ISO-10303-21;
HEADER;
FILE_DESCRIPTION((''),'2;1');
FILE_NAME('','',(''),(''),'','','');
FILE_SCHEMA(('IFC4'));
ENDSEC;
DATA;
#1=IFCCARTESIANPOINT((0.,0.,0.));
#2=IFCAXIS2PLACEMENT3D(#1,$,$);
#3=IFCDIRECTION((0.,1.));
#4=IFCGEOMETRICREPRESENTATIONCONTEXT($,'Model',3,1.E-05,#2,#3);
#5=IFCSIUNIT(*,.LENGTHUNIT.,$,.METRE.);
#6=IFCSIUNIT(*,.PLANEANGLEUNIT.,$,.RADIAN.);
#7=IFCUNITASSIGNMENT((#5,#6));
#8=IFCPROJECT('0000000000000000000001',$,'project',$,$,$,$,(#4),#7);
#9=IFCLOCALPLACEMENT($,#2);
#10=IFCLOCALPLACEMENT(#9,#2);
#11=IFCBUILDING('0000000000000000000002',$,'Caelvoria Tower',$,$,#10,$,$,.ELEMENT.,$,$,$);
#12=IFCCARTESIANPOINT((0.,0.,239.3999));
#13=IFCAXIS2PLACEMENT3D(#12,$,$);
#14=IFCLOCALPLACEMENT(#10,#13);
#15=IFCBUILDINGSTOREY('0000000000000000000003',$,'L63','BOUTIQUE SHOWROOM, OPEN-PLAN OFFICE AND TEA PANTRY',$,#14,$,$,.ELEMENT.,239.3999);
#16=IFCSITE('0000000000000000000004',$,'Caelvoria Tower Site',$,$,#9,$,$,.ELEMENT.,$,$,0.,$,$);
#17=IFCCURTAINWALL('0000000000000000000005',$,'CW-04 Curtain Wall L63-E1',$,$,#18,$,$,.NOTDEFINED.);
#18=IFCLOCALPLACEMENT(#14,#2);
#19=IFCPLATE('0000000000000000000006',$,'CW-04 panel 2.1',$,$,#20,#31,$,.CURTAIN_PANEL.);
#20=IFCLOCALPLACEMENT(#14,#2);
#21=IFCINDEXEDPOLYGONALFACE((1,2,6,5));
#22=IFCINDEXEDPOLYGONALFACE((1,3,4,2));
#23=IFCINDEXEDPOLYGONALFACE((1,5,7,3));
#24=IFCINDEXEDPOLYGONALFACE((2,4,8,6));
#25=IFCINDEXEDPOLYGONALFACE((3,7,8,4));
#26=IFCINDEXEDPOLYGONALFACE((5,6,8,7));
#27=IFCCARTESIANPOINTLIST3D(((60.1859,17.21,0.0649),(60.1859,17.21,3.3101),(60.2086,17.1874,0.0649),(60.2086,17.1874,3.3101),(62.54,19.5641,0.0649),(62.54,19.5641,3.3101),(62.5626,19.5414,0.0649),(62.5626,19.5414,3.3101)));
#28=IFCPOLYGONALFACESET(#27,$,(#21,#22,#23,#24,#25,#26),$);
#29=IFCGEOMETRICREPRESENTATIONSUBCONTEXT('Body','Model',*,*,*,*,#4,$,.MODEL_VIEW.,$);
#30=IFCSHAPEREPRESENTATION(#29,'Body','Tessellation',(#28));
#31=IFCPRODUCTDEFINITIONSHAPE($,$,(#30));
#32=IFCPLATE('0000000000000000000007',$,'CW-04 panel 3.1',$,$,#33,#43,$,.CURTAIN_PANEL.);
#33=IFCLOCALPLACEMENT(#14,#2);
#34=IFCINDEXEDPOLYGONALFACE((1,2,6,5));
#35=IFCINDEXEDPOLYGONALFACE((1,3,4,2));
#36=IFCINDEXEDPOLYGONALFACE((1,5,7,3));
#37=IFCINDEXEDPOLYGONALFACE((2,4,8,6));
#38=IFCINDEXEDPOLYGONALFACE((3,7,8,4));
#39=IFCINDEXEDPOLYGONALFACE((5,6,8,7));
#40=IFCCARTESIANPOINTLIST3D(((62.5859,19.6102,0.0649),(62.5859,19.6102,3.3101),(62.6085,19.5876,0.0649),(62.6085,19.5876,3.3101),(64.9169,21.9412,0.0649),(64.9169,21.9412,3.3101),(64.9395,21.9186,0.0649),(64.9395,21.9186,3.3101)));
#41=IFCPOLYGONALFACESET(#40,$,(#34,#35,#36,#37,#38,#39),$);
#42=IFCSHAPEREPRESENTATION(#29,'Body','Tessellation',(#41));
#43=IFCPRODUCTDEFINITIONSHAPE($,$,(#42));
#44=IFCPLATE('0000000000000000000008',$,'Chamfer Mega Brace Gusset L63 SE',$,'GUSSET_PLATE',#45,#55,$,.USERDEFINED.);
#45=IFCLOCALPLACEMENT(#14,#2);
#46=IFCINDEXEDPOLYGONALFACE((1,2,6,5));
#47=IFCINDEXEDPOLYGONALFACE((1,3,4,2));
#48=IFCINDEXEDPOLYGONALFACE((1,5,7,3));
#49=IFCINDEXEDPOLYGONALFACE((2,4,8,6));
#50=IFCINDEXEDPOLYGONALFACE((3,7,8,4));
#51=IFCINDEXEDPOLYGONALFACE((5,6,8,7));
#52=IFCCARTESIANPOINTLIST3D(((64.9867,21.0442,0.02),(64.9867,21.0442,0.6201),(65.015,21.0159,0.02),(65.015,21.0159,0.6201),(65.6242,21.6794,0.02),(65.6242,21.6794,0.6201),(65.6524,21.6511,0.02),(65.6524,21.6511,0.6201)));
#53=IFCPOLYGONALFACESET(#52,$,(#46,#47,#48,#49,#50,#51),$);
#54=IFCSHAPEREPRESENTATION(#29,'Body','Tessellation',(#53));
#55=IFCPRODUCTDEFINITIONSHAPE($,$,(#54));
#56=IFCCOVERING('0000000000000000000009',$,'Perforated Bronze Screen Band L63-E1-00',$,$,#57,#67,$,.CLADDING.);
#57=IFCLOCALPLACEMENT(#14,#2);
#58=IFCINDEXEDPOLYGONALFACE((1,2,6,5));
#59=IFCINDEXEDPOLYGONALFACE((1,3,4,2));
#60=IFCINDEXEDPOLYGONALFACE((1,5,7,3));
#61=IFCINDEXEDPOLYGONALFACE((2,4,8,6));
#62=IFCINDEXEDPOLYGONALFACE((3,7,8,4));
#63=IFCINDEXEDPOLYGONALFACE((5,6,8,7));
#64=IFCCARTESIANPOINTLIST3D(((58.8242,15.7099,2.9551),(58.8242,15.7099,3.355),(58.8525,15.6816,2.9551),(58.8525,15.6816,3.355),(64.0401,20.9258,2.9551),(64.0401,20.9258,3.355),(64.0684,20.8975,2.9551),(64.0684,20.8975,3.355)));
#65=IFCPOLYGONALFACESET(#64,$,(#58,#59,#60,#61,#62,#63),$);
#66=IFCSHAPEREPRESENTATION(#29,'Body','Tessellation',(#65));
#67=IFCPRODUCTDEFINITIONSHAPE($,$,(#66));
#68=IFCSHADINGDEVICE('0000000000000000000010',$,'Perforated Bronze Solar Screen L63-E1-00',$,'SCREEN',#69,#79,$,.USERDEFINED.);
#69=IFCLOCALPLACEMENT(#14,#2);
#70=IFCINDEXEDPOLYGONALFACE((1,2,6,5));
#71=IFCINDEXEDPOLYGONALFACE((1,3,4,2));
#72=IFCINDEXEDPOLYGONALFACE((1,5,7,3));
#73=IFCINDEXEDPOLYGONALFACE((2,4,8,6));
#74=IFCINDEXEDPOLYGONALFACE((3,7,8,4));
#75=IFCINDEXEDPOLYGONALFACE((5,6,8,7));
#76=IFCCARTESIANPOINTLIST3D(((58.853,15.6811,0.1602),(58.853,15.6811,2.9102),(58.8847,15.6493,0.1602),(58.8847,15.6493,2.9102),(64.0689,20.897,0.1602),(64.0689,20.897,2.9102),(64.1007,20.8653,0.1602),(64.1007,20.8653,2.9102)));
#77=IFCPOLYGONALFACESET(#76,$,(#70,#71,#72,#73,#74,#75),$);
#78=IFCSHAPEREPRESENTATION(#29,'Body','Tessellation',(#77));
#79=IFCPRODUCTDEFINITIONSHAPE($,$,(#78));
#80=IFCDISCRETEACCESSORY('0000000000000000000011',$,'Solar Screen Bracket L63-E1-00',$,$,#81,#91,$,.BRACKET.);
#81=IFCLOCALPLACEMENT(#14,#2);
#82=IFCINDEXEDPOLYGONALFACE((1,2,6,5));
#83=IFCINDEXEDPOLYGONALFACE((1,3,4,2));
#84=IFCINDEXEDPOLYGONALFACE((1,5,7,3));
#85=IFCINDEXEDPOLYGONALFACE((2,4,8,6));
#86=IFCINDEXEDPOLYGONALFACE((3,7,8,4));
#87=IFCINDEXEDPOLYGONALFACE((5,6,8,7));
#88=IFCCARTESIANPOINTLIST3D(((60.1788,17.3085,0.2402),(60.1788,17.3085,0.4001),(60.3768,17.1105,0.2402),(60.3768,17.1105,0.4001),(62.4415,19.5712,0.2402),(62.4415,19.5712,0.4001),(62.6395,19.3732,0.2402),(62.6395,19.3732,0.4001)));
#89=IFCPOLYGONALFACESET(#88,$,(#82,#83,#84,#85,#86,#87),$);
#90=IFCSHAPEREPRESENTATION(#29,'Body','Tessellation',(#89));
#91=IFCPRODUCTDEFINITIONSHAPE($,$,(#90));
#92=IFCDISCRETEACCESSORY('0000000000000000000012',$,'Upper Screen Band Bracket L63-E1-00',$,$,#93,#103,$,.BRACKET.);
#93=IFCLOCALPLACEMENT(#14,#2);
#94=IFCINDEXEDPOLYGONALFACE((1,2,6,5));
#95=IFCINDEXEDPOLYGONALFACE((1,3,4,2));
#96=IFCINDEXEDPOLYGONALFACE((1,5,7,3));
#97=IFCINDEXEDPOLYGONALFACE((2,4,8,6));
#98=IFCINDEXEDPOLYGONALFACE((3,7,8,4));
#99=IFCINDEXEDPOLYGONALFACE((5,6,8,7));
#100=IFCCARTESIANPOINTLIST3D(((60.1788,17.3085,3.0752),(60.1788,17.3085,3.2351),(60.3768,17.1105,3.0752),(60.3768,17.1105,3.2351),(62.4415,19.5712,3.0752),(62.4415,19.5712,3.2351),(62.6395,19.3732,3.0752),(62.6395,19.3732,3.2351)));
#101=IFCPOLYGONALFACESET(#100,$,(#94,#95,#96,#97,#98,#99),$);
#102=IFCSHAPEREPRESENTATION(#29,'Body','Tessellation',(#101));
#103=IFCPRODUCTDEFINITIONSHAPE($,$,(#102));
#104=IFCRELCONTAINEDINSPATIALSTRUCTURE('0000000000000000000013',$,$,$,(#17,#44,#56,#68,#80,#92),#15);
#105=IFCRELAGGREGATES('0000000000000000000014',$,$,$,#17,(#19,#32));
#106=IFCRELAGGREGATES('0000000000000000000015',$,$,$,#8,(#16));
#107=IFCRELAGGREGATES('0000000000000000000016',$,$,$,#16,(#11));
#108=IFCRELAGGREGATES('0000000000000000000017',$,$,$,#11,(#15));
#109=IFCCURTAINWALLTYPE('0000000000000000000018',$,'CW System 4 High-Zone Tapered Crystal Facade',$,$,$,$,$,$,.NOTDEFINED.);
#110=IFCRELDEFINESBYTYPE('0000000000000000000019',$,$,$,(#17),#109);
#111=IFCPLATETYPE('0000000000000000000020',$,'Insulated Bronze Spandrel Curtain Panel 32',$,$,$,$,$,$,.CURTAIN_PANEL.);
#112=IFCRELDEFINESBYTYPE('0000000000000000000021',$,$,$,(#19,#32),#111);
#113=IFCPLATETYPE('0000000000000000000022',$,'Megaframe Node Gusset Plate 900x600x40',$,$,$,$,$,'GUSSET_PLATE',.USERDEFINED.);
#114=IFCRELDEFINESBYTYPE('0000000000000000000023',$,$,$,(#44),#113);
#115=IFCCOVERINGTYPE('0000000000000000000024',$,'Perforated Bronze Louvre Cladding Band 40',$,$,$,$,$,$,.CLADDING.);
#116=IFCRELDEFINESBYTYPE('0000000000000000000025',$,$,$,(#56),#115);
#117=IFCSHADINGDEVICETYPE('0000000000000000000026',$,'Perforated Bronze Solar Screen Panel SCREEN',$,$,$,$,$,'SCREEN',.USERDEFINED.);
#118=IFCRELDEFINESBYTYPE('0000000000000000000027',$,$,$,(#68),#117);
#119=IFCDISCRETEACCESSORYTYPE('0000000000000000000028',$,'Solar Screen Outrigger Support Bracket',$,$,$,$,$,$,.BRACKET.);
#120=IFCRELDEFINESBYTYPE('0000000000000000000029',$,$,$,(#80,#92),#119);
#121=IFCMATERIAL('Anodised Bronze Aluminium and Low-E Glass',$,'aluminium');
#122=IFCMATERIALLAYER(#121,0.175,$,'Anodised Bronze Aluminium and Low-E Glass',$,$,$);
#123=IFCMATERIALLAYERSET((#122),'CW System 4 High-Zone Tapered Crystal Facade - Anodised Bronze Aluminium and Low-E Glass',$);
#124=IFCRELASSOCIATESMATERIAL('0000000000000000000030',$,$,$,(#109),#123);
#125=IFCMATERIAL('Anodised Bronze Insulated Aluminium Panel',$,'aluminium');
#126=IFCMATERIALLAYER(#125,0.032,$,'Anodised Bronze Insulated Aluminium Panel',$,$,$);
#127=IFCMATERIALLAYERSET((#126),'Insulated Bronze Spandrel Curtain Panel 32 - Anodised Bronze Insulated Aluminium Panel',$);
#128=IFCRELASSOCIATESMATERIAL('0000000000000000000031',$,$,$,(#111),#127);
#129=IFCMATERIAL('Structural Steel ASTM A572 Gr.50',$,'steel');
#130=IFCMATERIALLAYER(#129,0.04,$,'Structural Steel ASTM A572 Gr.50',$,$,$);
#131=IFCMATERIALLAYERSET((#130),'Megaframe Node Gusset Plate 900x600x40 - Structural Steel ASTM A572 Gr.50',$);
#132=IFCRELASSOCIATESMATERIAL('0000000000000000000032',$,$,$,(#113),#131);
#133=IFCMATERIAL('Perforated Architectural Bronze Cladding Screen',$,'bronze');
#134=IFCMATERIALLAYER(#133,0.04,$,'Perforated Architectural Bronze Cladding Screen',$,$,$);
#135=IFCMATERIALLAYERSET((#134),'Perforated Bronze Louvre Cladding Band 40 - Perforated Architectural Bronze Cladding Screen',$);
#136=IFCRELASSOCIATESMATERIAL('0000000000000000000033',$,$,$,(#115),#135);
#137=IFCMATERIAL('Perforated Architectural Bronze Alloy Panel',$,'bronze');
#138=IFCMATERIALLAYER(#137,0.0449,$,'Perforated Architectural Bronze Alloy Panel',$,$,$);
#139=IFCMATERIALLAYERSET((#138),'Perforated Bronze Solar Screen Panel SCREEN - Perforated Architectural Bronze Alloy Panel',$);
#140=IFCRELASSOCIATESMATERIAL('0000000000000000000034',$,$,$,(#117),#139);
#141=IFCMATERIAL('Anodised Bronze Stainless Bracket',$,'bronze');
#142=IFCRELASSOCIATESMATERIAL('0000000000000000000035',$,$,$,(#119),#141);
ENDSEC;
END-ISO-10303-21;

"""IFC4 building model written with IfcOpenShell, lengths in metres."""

from ifc_helpers import new_model, si_unit, direction, frame, origin, origin_2d, place, context, subcontext, project, spatial, rectangle, extrude, material, layer, layer_set, type_object, element, aggregate, save


model = new_model("IFC4")

# Units and contexts
model_context = context("Model", 3, precision=1e-05, world=origin(), true_north=direction((0.0, 1.0)))
body_context = subcontext(model_context, "Body", "Model", "MODEL_VIEW")
ifc_project = project(units=[si_unit("LENGTHUNIT", "METRE"), si_unit("PLANEANGLEUNIT", "RADIAN")], contexts=[model_context])

# Site, building, storey
site_placement = place(None, origin())
site = spatial("IfcSite", under=ifc_project, at=site_placement, Name="Caelvoria Tower Site", CompositionType="ELEMENT", RefElevation=0.0)
building_placement = place(site_placement, origin())
building = spatial("IfcBuilding", under=site, at=building_placement, Name="Caelvoria Tower", CompositionType="ELEMENT")
storey_placement = place(building_placement, frame((0.0, 0.0, 239.3999)))
storey = spatial("IfcBuildingStorey", under=building, at=storey_placement, Name="L63", Description="BOUTIQUE SHOWROOM, OPEN-PLAN OFFICE AND TEA PANTRY", CompositionType="ELEMENT", Elevation=239.3999)

# Shared definitions
ifc_material_1 = material(Name="Structural Steel ASTM A572 Gr.50", Category="steel")

# Shared definitions
ifc_material_2 = material(Name="Anodised Bronze Aluminium and Low-E Glass", Category="aluminium")
ifc_layer_1 = layer(ifc_material_2, 0.175, Name="Anodised Bronze Aluminium and Low-E Glass")
ifc_layer_set_1 = layer_set([ifc_layer_1], Name="CW System 4 High-Zone Tapered Crystal Facade - Anodised Bronze Aluminium and Low-E Glass")
curtain_wall_type = type_object("IfcCurtainWallType", Name="CW System 4 High-Zone Tapered Crystal Facade", PredefinedType="NOTDEFINED", material=ifc_layer_set_1)

# Curtain wall
curtain_wall_1_placement = place(storey_placement, origin())
curtain_wall_1 = element("IfcCurtainWall", 1, at=curtain_wall_1_placement, inside=storey, type_object=curtain_wall_type, Name="CW-04 Curtain Wall L63-E1", PredefinedType="NOTDEFINED")

# Plates
ifc_material_3 = material(Name="Anodised Bronze Insulated Aluminium Panel", Category="aluminium")
ifc_layer_2 = layer(ifc_material_3, 0.032, Name="Anodised Bronze Insulated Aluminium Panel")
ifc_layer_set_2 = layer_set([ifc_layer_2], Name="Insulated Bronze Spandrel Curtain Panel 32 - Anodised Bronze Insulated Aluminium Panel")
plate_type_1 = type_object("IfcPlateType", Name="Insulated Bronze Spandrel Curtain Panel 32", PredefinedType="CURTAIN_PANEL", material=ifc_layer_set_2)
plate_1_placement = place(storey_placement, frame((61.3743, 18.3757, 0.0649), z_axis=(0.0, 0.0, 1.0), x_axis=(0.707107, 0.707107, 0.0)))
plate_1 = element("IfcPlate", 2, at=plate_1_placement, type_object=plate_type_1, Name="CW-04 panel 2.1", PredefinedType="CURTAIN_PANEL", context=body_context, shape_type="SweptSolid", body=[
    extrude(rectangle(XDim=3.3291, YDim=0.032, at=origin_2d()), origin(), (0.0, 0.0, 1.0), 3.2451),
])
plate_2_placement = place(storey_placement, frame((63.7627, 20.7644, 0.0649), z_axis=(0.0, 0.0, 1.0), x_axis=(0.707107, 0.707107, 0.0)))
plate_2 = element("IfcPlate", 3, at=plate_2_placement, type_object=plate_type_1, Name="CW-04 panel 3.1", PredefinedType="CURTAIN_PANEL", context=body_context, shape_type="SweptSolid", body=[
    extrude(rectangle(XDim=3.2966, YDim=0.032, at=origin_2d()), origin(), (0.0, 0.0, 1.0), 3.2451),
])
aggregate(curtain_wall_1, [plate_1, plate_2])
ifc_layer_3 = layer(ifc_material_1, 0.04, Name="Structural Steel ASTM A572 Gr.50")
ifc_layer_set_3 = layer_set([ifc_layer_3], Name="Megaframe Node Gusset Plate 900x600x40 - Structural Steel ASTM A572 Gr.50")
plate_type_2 = type_object("IfcPlateType", Name="Megaframe Node Gusset Plate 900x600x40", ElementType="GUSSET_PLATE", PredefinedType="USERDEFINED", material=ifc_layer_set_3)
plate_3_placement = place(storey_placement, frame((65.3196, 21.3477, 0.02), z_axis=(0.0, 0.0, 1.0), x_axis=(-0.708358, -0.705853, 0.0)))
element("IfcPlate", 4, at=plate_3_placement, inside=storey, type_object=plate_type_2, Name="Chamfer Mega Brace Gusset L63 SE", ObjectType="GUSSET_PLATE", PredefinedType="USERDEFINED", context=body_context, shape_type="SweptSolid", body=[
    extrude(rectangle(XDim=0.8999, YDim=0.04, at=origin_2d()), origin(), (0.0, 0.0, 1.0), 0.6001),
])

# Covering
ifc_material_4 = material(Name="Perforated Architectural Bronze Cladding Screen", Category="bronze")
ifc_layer_4 = layer(ifc_material_4, 0.04, Name="Perforated Architectural Bronze Cladding Screen")
ifc_layer_set_4 = layer_set([ifc_layer_4], Name="Perforated Bronze Louvre Cladding Band 40 - Perforated Architectural Bronze Cladding Screen")
covering_type = type_object("IfcCoveringType", Name="Perforated Bronze Louvre Cladding Band 40", PredefinedType="CLADDING", material=ifc_layer_set_4)
covering_placement = place(storey_placement, frame((61.4463, 18.3037, 2.9551), z_axis=(0.0, 0.0, 1.0), x_axis=(0.707107, 0.707107, 0.0)))
element("IfcCovering", 5, at=covering_placement, inside=storey, type_object=covering_type, Name="Perforated Bronze Screen Band L63-E1-00", PredefinedType="CLADDING", context=body_context, shape_type="SweptSolid", body=[
    extrude(rectangle(XDim=7.3765, YDim=0.04, at=origin_2d()), origin(), (0.0, 0.0, 1.0), 0.3999),
])

# Shading device
ifc_material_5 = material(Name="Perforated Architectural Bronze Alloy Panel", Category="bronze")
ifc_layer_5 = layer(ifc_material_5, 0.0449, Name="Perforated Architectural Bronze Alloy Panel")
ifc_layer_set_5 = layer_set([ifc_layer_5], Name="Perforated Bronze Solar Screen Panel SCREEN - Perforated Architectural Bronze Alloy Panel")
shading_device_type = type_object("IfcShadingDeviceType", Name="Perforated Bronze Solar Screen Panel SCREEN", ElementType="SCREEN", PredefinedType="USERDEFINED", material=ifc_layer_set_5)
shading_device_placement = place(storey_placement, frame((61.4768, 18.2732, 0.1602), z_axis=(0.0, 0.0, 1.0), x_axis=(0.707107, 0.707107, 0.0)))
element("IfcShadingDevice", 6, at=shading_device_placement, inside=storey, type_object=shading_device_type, Name="Perforated Bronze Solar Screen L63-E1-00", ObjectType="SCREEN", PredefinedType="USERDEFINED", context=body_context, shape_type="SweptSolid", body=[
    extrude(rectangle(XDim=7.3765, YDim=0.0449, at=origin_2d()), origin(), (0.0, 0.0, 1.0), 2.75),
])

# Discrete accessories
ifc_material_6 = material(Name="Anodised Bronze Stainless Bracket", Category="bronze")
discrete_accessory_type = type_object("IfcDiscreteAccessoryType", Name="Solar Screen Outrigger Support Bracket", PredefinedType="BRACKET", material=ifc_material_6)
for number, where, z_axis, x_axis, name in (
    (7, (61.4092, 18.3408, 0.2402), (0.0, 0.0, 1.0), (0.707107, 0.707107, 0.0), "Solar Screen Bracket L63-E1-00"),
    (8, (61.4092, 18.3408, 3.0752), (0.0, 0.0, 1.0), (0.707107, 0.707107, 0.0), "Upper Screen Band Bracket L63-E1-00"),
):
    element("IfcDiscreteAccessory", number, at=place(storey_placement, frame(where, z_axis=z_axis, x_axis=x_axis)), inside=storey, type_object=discrete_accessory_type, Name=name, PredefinedType="BRACKET", context=body_context, shape_type="SweptSolid", body=[
        extrude(rectangle(XDim=3.2, YDim=0.28, at=origin_2d()), origin(), (0.0, 0.0, 1.0), 0.1599),
    ])

save(model, "model.ifc")
